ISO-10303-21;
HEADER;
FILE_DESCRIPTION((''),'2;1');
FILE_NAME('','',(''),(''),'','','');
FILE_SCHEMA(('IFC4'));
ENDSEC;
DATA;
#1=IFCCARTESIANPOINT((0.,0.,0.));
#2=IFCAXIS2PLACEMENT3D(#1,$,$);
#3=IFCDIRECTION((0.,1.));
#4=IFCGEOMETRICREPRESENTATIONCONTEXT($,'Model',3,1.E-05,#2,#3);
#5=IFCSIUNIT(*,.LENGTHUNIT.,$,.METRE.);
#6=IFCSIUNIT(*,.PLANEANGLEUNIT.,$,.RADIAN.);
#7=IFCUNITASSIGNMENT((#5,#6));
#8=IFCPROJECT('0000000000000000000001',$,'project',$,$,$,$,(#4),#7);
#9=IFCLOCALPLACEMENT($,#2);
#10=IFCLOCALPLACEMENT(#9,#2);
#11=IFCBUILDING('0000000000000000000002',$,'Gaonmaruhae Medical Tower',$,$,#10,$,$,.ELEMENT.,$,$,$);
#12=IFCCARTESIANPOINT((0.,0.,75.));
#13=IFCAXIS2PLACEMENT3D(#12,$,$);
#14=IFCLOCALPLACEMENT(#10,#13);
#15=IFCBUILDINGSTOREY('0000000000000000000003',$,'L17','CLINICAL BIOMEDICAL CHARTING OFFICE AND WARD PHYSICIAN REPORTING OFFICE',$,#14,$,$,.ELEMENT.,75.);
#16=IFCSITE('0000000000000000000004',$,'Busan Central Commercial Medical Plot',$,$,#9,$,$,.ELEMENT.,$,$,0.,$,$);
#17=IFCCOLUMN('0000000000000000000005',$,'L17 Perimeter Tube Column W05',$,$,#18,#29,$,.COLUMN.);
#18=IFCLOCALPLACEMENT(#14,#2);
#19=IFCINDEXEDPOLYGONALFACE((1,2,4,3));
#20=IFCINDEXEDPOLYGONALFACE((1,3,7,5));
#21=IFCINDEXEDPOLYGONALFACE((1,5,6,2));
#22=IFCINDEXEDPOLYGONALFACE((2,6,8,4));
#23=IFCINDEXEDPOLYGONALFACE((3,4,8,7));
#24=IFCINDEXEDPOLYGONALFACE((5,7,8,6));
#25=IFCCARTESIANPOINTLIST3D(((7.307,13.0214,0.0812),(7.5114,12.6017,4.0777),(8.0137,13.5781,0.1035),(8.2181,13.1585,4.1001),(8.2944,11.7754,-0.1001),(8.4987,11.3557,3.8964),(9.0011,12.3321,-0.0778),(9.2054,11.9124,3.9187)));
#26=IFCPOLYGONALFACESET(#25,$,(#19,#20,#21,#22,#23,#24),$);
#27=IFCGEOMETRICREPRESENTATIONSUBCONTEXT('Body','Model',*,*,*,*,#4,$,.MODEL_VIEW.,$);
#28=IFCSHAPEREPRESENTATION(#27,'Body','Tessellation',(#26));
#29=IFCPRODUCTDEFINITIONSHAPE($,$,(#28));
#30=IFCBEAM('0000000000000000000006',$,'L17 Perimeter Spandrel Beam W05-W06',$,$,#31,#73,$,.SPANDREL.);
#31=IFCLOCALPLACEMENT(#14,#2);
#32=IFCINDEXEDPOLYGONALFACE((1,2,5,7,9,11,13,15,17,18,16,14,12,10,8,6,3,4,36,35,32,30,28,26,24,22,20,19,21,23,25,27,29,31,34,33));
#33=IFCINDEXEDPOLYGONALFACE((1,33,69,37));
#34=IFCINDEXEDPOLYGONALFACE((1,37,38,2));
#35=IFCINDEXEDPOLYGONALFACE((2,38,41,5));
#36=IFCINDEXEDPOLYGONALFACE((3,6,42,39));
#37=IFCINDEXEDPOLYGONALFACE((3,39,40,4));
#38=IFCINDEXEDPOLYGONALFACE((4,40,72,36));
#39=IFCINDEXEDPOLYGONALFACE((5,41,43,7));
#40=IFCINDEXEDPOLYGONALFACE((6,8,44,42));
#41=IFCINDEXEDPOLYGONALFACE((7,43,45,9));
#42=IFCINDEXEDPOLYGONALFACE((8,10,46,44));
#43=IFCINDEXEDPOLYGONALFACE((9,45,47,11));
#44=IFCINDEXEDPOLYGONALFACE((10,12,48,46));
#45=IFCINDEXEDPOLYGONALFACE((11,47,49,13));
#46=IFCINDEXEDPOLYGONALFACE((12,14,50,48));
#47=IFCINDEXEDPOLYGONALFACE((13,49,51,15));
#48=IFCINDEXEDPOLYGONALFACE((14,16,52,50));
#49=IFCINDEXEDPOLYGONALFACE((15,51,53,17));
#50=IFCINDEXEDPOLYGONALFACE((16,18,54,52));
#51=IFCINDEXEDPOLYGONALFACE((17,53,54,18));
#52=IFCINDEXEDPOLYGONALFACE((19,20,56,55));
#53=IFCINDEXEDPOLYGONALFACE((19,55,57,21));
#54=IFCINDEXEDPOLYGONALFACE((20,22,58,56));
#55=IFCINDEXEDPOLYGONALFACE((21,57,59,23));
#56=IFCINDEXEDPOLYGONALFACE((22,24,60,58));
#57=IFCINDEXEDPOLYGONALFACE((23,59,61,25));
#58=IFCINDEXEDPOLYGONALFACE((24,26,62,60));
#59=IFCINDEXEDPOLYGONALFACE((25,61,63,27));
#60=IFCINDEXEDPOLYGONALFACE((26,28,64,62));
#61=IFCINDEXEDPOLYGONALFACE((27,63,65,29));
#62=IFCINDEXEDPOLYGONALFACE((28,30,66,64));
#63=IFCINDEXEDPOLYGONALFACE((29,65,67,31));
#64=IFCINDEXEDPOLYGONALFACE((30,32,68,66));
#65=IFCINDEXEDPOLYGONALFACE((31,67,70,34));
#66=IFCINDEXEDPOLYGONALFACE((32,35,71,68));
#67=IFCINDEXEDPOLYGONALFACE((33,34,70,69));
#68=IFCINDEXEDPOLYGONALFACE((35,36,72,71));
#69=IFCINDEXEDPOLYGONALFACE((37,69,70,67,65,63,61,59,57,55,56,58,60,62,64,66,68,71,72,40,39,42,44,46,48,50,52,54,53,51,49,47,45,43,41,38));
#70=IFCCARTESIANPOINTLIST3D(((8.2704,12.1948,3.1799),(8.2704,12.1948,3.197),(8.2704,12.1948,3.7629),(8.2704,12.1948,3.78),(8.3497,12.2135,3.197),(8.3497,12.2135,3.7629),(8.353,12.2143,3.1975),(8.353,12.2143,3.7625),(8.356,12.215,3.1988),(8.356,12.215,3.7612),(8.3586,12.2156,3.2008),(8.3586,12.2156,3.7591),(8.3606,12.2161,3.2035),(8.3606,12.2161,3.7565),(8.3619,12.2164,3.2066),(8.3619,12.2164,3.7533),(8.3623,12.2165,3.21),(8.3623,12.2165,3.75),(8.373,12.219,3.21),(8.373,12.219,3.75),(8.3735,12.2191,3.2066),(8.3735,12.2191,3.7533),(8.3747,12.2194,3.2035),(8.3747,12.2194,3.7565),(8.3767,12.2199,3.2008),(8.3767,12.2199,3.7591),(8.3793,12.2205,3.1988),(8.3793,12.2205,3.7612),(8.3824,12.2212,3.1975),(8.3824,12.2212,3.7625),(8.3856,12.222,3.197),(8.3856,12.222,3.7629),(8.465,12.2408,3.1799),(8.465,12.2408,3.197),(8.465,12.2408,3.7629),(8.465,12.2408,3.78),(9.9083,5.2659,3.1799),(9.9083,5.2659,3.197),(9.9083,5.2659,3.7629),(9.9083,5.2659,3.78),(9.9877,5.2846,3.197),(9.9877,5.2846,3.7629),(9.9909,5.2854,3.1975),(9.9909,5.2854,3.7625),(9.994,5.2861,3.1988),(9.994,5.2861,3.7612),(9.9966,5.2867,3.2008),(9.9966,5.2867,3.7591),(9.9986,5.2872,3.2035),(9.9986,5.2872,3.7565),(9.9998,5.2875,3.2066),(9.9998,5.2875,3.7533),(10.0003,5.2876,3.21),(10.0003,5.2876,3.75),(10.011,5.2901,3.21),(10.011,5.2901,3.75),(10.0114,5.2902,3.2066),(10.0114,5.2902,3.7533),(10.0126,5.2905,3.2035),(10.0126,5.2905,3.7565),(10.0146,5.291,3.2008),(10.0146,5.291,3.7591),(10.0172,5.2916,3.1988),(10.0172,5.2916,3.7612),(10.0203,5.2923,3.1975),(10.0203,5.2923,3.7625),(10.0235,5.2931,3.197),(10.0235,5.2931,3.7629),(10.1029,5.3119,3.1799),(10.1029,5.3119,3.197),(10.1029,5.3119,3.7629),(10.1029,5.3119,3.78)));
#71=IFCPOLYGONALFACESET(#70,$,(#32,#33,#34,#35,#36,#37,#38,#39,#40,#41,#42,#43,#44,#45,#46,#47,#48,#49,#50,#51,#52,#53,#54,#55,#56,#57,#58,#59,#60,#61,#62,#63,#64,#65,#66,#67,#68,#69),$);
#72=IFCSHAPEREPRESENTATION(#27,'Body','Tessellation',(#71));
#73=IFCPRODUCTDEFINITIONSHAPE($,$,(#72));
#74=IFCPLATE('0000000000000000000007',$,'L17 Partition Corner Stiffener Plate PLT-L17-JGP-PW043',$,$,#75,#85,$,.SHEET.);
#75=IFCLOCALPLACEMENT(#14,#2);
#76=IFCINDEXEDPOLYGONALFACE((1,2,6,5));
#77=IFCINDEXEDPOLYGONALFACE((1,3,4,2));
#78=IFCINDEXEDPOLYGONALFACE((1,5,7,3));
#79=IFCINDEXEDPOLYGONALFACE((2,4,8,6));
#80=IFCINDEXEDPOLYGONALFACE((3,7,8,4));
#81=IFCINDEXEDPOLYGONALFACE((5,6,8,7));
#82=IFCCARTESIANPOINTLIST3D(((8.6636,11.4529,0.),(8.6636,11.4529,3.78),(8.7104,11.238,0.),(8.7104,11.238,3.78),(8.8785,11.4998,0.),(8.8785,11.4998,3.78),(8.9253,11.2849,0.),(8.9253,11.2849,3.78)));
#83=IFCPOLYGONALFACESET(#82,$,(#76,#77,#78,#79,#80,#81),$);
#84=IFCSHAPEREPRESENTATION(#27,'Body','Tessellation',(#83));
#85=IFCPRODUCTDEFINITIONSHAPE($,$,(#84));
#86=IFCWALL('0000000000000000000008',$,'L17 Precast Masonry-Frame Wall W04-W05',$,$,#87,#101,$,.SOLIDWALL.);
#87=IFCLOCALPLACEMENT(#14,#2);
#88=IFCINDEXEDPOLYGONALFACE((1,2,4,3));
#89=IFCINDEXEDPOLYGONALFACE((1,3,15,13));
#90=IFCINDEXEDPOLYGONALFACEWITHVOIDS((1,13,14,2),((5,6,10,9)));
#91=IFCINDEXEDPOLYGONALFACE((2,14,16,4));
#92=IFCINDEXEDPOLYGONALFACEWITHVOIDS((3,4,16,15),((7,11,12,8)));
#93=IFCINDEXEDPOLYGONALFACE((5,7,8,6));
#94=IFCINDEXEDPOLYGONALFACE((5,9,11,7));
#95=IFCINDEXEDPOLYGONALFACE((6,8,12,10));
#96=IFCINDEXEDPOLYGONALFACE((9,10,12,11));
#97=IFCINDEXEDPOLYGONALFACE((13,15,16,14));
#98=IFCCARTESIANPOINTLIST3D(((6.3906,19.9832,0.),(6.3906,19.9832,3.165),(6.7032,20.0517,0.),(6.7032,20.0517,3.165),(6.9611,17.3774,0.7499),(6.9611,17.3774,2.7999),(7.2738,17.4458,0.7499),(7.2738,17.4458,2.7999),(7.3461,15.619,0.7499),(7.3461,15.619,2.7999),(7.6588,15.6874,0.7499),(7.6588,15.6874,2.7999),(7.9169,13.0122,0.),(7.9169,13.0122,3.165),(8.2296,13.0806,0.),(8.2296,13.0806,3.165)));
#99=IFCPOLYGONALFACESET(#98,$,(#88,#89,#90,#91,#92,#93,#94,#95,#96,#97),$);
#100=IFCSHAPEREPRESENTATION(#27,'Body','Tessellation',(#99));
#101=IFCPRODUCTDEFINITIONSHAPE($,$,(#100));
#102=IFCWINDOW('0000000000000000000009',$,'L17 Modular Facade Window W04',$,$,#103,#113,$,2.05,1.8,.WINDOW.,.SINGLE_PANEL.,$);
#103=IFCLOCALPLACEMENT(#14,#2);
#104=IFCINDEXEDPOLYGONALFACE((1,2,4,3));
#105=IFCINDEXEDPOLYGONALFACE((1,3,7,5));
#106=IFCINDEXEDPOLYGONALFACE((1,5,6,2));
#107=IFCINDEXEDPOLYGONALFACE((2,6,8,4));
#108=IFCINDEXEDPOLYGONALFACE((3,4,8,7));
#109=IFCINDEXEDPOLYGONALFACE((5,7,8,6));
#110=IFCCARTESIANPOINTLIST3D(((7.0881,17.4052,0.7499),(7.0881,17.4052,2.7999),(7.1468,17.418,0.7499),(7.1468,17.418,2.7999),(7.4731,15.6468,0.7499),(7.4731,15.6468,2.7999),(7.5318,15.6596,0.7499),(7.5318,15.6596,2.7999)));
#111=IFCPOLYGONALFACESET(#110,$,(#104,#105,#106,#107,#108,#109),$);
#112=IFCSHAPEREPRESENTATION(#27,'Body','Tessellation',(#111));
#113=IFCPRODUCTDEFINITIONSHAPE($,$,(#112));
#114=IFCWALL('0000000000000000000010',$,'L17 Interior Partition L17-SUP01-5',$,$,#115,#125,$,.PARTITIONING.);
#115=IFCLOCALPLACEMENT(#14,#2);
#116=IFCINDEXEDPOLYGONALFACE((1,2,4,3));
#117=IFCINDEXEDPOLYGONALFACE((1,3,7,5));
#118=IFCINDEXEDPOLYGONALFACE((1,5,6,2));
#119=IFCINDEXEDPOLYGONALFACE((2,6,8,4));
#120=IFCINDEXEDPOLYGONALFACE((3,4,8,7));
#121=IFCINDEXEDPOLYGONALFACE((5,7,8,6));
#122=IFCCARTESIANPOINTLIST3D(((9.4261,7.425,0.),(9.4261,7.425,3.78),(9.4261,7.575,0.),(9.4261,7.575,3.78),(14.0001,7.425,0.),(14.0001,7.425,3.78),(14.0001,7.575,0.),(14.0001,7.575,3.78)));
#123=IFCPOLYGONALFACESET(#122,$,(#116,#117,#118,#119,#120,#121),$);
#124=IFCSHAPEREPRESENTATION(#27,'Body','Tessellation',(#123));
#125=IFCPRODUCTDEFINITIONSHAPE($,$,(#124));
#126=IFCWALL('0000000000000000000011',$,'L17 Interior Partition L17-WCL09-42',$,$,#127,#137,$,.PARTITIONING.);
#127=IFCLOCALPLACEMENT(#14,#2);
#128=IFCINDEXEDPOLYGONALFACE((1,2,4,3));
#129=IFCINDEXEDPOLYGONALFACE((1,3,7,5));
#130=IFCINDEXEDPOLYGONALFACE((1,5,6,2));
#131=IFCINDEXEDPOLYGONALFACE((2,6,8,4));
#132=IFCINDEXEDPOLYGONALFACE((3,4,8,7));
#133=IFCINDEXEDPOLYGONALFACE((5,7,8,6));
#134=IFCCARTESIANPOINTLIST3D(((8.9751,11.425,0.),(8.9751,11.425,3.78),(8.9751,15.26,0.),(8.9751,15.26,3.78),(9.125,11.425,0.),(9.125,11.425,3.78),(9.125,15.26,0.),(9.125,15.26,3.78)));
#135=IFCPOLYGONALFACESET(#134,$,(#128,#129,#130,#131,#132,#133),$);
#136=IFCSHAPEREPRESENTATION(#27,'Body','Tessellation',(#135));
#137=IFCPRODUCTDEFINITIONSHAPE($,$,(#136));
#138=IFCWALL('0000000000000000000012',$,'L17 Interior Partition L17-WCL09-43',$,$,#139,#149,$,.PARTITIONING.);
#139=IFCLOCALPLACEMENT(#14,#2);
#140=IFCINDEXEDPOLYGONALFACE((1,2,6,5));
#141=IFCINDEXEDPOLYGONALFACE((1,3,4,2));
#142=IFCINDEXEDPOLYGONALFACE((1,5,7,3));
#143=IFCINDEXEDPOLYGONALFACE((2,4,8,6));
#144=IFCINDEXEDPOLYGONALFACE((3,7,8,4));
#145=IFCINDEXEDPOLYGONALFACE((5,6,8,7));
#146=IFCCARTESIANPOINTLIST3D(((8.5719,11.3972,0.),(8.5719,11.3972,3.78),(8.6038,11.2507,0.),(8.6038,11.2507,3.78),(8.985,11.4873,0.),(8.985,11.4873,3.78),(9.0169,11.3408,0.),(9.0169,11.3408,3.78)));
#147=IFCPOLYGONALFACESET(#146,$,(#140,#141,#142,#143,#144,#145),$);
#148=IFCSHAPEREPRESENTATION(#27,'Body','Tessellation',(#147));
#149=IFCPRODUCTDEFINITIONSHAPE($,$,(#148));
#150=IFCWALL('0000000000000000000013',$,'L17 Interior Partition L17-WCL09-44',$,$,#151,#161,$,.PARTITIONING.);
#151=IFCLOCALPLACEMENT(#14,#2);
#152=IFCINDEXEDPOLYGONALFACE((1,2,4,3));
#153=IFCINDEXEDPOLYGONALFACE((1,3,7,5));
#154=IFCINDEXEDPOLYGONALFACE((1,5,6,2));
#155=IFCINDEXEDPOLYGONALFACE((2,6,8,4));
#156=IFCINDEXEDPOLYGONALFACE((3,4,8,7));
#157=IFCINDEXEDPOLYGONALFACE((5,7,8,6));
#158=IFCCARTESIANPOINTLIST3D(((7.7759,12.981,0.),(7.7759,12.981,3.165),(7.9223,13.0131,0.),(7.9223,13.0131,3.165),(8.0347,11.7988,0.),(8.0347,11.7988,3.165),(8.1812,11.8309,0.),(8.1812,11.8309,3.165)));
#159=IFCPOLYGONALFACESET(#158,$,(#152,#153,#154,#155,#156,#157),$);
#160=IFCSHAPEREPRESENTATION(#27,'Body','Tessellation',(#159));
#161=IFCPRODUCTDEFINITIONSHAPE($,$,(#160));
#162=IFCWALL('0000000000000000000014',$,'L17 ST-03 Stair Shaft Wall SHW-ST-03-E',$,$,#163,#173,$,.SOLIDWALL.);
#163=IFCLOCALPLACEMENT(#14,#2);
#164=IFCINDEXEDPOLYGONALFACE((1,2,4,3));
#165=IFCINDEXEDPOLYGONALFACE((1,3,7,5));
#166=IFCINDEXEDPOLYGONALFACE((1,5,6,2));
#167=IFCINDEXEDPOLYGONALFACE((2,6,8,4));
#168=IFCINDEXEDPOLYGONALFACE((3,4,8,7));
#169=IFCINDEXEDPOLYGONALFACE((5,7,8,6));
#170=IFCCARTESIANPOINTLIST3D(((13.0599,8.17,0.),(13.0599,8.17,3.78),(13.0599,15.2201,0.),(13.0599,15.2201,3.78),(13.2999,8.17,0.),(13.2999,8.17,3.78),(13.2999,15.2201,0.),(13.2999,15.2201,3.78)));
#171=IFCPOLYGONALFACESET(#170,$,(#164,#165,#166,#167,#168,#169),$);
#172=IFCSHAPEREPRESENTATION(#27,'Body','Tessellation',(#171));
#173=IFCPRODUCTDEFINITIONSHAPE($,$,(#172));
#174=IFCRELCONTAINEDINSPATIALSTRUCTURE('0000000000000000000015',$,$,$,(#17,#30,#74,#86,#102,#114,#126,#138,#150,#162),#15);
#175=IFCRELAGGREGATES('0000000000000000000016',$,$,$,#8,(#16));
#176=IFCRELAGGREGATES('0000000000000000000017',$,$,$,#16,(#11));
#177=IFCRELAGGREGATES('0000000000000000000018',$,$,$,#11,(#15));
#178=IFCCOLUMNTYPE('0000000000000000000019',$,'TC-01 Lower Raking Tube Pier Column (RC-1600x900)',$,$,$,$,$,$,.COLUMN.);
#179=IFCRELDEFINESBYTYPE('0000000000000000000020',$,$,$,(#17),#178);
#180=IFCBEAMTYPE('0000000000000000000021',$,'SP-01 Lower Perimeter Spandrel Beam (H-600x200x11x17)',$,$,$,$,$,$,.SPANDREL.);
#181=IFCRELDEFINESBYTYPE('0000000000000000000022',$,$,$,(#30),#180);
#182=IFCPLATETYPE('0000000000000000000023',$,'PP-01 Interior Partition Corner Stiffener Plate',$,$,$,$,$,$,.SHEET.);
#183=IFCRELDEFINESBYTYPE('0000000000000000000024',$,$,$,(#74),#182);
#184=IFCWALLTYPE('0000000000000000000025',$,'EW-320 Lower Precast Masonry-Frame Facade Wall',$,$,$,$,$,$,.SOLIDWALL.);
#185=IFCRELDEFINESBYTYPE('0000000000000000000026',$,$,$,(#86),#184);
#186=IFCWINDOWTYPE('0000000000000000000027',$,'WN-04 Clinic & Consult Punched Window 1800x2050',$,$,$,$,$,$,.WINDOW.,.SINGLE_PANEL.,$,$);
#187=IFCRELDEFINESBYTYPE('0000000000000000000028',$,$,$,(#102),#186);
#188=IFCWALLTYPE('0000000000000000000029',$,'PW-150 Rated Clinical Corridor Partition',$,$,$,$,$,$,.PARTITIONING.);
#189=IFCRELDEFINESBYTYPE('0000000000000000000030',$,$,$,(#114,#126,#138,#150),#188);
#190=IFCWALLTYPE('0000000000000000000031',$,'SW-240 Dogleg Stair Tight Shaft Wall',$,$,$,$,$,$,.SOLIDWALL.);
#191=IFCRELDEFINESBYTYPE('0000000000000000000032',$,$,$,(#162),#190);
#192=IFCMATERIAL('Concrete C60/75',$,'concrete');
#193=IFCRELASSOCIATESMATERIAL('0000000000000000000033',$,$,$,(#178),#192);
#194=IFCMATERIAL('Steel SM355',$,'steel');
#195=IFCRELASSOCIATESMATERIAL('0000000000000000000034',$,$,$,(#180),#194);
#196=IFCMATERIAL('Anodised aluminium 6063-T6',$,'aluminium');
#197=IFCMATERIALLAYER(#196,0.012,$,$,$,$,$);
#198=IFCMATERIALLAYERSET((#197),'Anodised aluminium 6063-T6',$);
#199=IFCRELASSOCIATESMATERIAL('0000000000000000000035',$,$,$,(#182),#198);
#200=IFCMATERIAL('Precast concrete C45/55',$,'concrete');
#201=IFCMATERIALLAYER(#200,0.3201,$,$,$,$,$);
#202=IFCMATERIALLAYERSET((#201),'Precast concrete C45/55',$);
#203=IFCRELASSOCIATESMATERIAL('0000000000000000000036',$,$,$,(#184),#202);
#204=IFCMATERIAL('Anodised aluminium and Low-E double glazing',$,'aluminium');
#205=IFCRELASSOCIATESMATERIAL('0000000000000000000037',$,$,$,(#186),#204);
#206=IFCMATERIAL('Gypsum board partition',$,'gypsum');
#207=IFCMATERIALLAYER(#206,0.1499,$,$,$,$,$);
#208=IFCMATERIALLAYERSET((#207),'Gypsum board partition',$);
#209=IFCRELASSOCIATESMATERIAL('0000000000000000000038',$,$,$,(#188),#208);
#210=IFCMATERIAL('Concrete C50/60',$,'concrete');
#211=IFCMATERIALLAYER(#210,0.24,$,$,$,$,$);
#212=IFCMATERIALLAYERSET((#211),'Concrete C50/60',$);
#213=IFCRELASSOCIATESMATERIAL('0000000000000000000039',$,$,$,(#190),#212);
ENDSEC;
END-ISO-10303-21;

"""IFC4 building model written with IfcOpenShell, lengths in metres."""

from ifc_helpers import new_model, si_unit, direction, frame, frame_2d, origin, origin_2d, place, context, subcontext, project, spatial, rectangle, i_section, extrude, material, layer, layer_set, material_profile, profile_set, type_object, element, fill, save


model = new_model("IFC4")

# Units and contexts
model_context = context("Model", 3, precision=1e-05, world=origin(), true_north=direction((0.0, 1.0)))
body_context = subcontext(model_context, "Body", "Model", "MODEL_VIEW")
ifc_project = project(units=[si_unit("LENGTHUNIT", "METRE"), si_unit("PLANEANGLEUNIT", "RADIAN")], contexts=[model_context])

# Site, building, storey
site_placement = place(None, origin())
site = spatial("IfcSite", under=ifc_project, at=site_placement, Name="Busan Central Commercial Medical Plot", CompositionType="ELEMENT", RefElevation=0.0)
building_placement = place(site_placement, origin())
building = spatial("IfcBuilding", under=site, at=building_placement, Name="Gaonmaruhae Medical Tower", CompositionType="ELEMENT")
storey_placement = place(building_placement, frame((0.0, 0.0, 75.0)))
storey = spatial("IfcBuildingStorey", under=building, at=storey_placement, Name="L17", Description="CLINICAL BIOMEDICAL CHARTING OFFICE AND WARD PHYSICIAN REPORTING OFFICE", CompositionType="ELEMENT", Elevation=75.0)

# Column
ifc_material_1 = material(Name="Concrete C60/75", Category="concrete")
ifc_material_profile_1 = material_profile(ifc_material_1, rectangle(XDim=1.6001, YDim=0.8999, at=origin_2d()), Name="RC-1600x900")
ifc_profile_set_1 = profile_set([ifc_material_profile_1], Name="Concrete C60/75")
column_type = type_object("IfcColumnType", Name="TC-01 Lower Raking Tube Pier Column (RC-1600x900)", PredefinedType="COLUMN", material=ifc_profile_set_1)
column_placement = place(storey_placement, frame((8.1541, 12.6768, 0.0017), z_axis=(0.050785, -0.1043, 0.993248), x_axis=(-0.617056, 0.778717, 0.113323)))
element("IfcColumn", 1, at=column_placement, inside=storey, type_object=column_type, Name="L17 Perimeter Tube Column W05", PredefinedType="COLUMN", context=body_context, shape_type="SweptSolid", body=[
    extrude(rectangle(XDim=1.6001, YDim=0.8999, at=origin_2d()), origin(), (0.0, 0.0, 1.0), 4.0237),
])

# Beam
ifc_material_2 = material(Name="Steel SM355", Category="steel")
ifc_material_profile_2 = material_profile(ifc_material_2, i_section(OverallWidth=0.2, OverallDepth=0.6001, WebThickness=0.011, FlangeThickness=0.0171, FilletRadius=0.0129, at=origin_2d()), Name="H-600x200x11x17")
ifc_profile_set_2 = profile_set([ifc_material_profile_2], Name="Steel SM355")
beam_type = type_object("IfcBeamType", Name="SP-01 Lower Perimeter Spandrel Beam (H-600x200x11x17)", PredefinedType="SPANDREL", material=ifc_profile_set_2)
beam_placement = place(storey_placement, frame((8.3677, 12.2178, 3.48), z_axis=(0.23005, -0.973179, 0.0), x_axis=(0.973179, 0.23005, 0.0)))
element("IfcBeam", 2, at=beam_placement, inside=storey, type_object=beam_type, Name="L17 Perimeter Spandrel Beam W05-W06", PredefinedType="SPANDREL", context=body_context, shape_type="SweptSolid", body=[
    extrude(i_section(OverallWidth=0.2, OverallDepth=0.6001, WebThickness=0.011, FlangeThickness=0.0171, FilletRadius=0.0129, at=origin_2d()), origin(), (0.0, 0.0, 1.0), 7.1199),
])

# Plate
ifc_material_3 = material(Name="Anodised aluminium 6063-T6", Category="aluminium")
ifc_layer_1 = layer(ifc_material_3, 0.012)
ifc_layer_set_1 = layer_set([ifc_layer_1], Name="Anodised aluminium 6063-T6")
plate_type = type_object("IfcPlateType", Name="PP-01 Interior Partition Corner Stiffener Plate", PredefinedType="SHEET", material=ifc_layer_set_1)
plate_placement = place(storey_placement, frame((8.7944, 11.3689, 0.0), z_axis=(0.0, 0.0, 1.0), x_axis=(-0.977068, -0.212928, 0.0)))
element("IfcPlate", 3, at=plate_placement, inside=storey, type_object=plate_type, Name="L17 Partition Corner Stiffener Plate PLT-L17-JGP-PW043", PredefinedType="SHEET", context=body_context, shape_type="SweptSolid", body=[
    extrude(rectangle(XDim=0.22, YDim=0.22, at=origin_2d()), origin(), (0.0, 0.0, 1.0), 3.78),
])

# Wall, opening, window
ifc_material_4 = material(Name="Precast concrete C45/55", Category="concrete")
ifc_layer_2 = layer(ifc_material_4, 0.3201)
ifc_layer_set_2 = layer_set([ifc_layer_2], Name="Precast concrete C45/55")
wall_type_1 = type_object("IfcWallType", Name="EW-320 Lower Precast Masonry-Frame Facade Wall", PredefinedType="SOLIDWALL", material=ifc_layer_set_2)
wall_1_placement = place(storey_placement, frame((8.0732, 13.0464, 0.0), z_axis=(0.0, 0.0, 1.0), x_axis=(-0.213887, 0.976858, 0.0)))
wall_1 = element("IfcWall", 4, at=wall_1_placement, inside=storey, type_object=wall_type_1, Name="L17 Precast Masonry-Frame Wall W04-W05", PredefinedType="SOLIDWALL", context=body_context, shape_type="SweptSolid", body=[
    extrude(rectangle(XDim=7.1362, YDim=0.3201, at=frame_2d((3.5681, 0.0))), origin(), (0.0, 0.0, 1.0), 3.165),
])
opening_1_placement = place(wall_1_placement, frame((2.6687, 0.0, 0.75)))
opening_1 = element("IfcOpeningElement", 5, at=opening_1_placement, cuts=wall_1, PredefinedType="OPENING", context=body_context, shape_type="SweptSolid", body=[
    extrude(rectangle(XDim=1.8, YDim=2.05, at=frame_2d((0.8999, 1.0249))), frame((0.0, 0.1699, 0.0), z_axis=(0.0, -1.0, 0.0), x_axis=(1.0, 0.0, 0.0)), (0.0, 0.0, 1.0), 0.3401),
])
ifc_material_5 = material(Name="Anodised aluminium and Low-E double glazing", Category="aluminium")
window_type = type_object("IfcWindowType", Name="WN-04 Clinic & Consult Punched Window 1800x2050", PartitioningType="SINGLE_PANEL", PredefinedType="WINDOW", material=ifc_material_5)
window_placement = place(opening_1_placement, origin())
window = element("IfcWindow", 6, at=window_placement, inside=storey, type_object=window_type, Name="L17 Modular Facade Window W04", OverallHeight=2.05, OverallWidth=1.8, PartitioningType="SINGLE_PANEL", PredefinedType="WINDOW", context=body_context, shape_type="SweptSolid", body=[
    extrude(rectangle(XDim=1.8, YDim=2.05, at=frame_2d((0.8999, 1.0249))), frame((0.0, 0.03, 0.0), z_axis=(0.0, -1.0, 0.0), x_axis=(1.0, 0.0, 0.0)), (0.0, 0.0, 1.0), 0.0601),
])
fill(opening_1, window)

# Walls
ifc_material_6 = material(Name="Gypsum board partition", Category="gypsum")
ifc_layer_3 = layer(ifc_material_6, 0.1499)
ifc_layer_set_3 = layer_set([ifc_layer_3], Name="Gypsum board partition")
wall_type_2 = type_object("IfcWallType", Name="PW-150 Rated Clinical Corridor Partition", PredefinedType="PARTITIONING", material=ifc_layer_set_3)
wall_2_placement = place(storey_placement, frame((9.426, 7.5, 0.0), z_axis=(0.0, 0.0, 1.0), x_axis=(1.0, 0.0, 0.0)))
element("IfcWall", 7, at=wall_2_placement, inside=storey, type_object=wall_type_2, Name="L17 Interior Partition L17-SUP01-5", PredefinedType="PARTITIONING", context=body_context, shape_type="SweptSolid", body=[
    extrude(rectangle(XDim=4.574, YDim=0.1499, at=frame_2d((2.2871, 0.0))), origin(), (0.0, 0.0, 1.0), 3.78),
])
wall_3_placement = place(storey_placement, frame((9.05, 15.26, 0.0), z_axis=(0.0, 0.0, 1.0), x_axis=(0.0, -1.0, 0.0)))
element("IfcWall", 8, at=wall_3_placement, inside=storey, type_object=wall_type_2, Name="L17 Interior Partition L17-WCL09-42", PredefinedType="PARTITIONING", context=body_context, shape_type="SweptSolid", body=[
    extrude(rectangle(XDim=3.835, YDim=0.1499, at=frame_2d((1.9175, 0.0))), origin(), (0.0, 0.0, 1.0), 3.78),
])
wall_4_placement = place(storey_placement, frame((9.001, 11.4141, 0.0), z_axis=(0.0, 0.0, 1.0), x_axis=(-0.977035, -0.213077, 0.0)))
element("IfcWall", 9, at=wall_4_placement, inside=storey, type_object=wall_type_2, Name="L17 Interior Partition L17-WCL09-43", PredefinedType="PARTITIONING", context=body_context, shape_type="SweptSolid", body=[
    extrude(rectangle(XDim=0.4229, YDim=0.1499, at=frame_2d((0.2114, 0.0))), origin(), (0.0, 0.0, 1.0), 3.78),
])
wall_5_placement = place(storey_placement, frame((8.1079, 11.8149, 0.0), z_axis=(0.0, 0.0, 1.0), x_axis=(-0.213853, 0.976866, 0.0)))
element("IfcWall", 10, at=wall_5_placement, inside=storey, type_object=wall_type_2, Name="L17 Interior Partition L17-WCL09-44", PredefinedType="PARTITIONING", context=body_context, shape_type="SweptSolid", body=[
    extrude(rectangle(XDim=1.2102, YDim=0.1499, at=frame_2d((0.605, 0.0))), origin(), (0.0, 0.0, 1.0), 3.165),
])

# Shared definitions
ifc_material_7 = material(Name="Concrete C50/60", Category="concrete")
ifc_layer_4 = layer(ifc_material_7, 0.24)
ifc_layer_set_4 = layer_set([ifc_layer_4], Name="Concrete C50/60")
wall_type_3 = type_object("IfcWallType", Name="SW-240 Dogleg Stair Tight Shaft Wall", PredefinedType="SOLIDWALL", material=ifc_layer_set_4)

# Wall
wall_6_placement = place(storey_placement, frame((13.1799, 15.22, 0.0), z_axis=(0.0, 0.0, 1.0), x_axis=(0.0, -1.0, 0.0)))
element("IfcWall", 11, at=wall_6_placement, inside=storey, type_object=wall_type_3, Name="L17 ST-03 Stair Shaft Wall SHW-ST-03-E", PredefinedType="SOLIDWALL", context=body_context, shape_type="SweptSolid", body=[
    extrude(rectangle(XDim=7.05, YDim=0.24, at=frame_2d((3.5249, 0.0))), origin(), (0.0, 0.0, 1.0), 3.78),
])

save(model, "model.ifc")
